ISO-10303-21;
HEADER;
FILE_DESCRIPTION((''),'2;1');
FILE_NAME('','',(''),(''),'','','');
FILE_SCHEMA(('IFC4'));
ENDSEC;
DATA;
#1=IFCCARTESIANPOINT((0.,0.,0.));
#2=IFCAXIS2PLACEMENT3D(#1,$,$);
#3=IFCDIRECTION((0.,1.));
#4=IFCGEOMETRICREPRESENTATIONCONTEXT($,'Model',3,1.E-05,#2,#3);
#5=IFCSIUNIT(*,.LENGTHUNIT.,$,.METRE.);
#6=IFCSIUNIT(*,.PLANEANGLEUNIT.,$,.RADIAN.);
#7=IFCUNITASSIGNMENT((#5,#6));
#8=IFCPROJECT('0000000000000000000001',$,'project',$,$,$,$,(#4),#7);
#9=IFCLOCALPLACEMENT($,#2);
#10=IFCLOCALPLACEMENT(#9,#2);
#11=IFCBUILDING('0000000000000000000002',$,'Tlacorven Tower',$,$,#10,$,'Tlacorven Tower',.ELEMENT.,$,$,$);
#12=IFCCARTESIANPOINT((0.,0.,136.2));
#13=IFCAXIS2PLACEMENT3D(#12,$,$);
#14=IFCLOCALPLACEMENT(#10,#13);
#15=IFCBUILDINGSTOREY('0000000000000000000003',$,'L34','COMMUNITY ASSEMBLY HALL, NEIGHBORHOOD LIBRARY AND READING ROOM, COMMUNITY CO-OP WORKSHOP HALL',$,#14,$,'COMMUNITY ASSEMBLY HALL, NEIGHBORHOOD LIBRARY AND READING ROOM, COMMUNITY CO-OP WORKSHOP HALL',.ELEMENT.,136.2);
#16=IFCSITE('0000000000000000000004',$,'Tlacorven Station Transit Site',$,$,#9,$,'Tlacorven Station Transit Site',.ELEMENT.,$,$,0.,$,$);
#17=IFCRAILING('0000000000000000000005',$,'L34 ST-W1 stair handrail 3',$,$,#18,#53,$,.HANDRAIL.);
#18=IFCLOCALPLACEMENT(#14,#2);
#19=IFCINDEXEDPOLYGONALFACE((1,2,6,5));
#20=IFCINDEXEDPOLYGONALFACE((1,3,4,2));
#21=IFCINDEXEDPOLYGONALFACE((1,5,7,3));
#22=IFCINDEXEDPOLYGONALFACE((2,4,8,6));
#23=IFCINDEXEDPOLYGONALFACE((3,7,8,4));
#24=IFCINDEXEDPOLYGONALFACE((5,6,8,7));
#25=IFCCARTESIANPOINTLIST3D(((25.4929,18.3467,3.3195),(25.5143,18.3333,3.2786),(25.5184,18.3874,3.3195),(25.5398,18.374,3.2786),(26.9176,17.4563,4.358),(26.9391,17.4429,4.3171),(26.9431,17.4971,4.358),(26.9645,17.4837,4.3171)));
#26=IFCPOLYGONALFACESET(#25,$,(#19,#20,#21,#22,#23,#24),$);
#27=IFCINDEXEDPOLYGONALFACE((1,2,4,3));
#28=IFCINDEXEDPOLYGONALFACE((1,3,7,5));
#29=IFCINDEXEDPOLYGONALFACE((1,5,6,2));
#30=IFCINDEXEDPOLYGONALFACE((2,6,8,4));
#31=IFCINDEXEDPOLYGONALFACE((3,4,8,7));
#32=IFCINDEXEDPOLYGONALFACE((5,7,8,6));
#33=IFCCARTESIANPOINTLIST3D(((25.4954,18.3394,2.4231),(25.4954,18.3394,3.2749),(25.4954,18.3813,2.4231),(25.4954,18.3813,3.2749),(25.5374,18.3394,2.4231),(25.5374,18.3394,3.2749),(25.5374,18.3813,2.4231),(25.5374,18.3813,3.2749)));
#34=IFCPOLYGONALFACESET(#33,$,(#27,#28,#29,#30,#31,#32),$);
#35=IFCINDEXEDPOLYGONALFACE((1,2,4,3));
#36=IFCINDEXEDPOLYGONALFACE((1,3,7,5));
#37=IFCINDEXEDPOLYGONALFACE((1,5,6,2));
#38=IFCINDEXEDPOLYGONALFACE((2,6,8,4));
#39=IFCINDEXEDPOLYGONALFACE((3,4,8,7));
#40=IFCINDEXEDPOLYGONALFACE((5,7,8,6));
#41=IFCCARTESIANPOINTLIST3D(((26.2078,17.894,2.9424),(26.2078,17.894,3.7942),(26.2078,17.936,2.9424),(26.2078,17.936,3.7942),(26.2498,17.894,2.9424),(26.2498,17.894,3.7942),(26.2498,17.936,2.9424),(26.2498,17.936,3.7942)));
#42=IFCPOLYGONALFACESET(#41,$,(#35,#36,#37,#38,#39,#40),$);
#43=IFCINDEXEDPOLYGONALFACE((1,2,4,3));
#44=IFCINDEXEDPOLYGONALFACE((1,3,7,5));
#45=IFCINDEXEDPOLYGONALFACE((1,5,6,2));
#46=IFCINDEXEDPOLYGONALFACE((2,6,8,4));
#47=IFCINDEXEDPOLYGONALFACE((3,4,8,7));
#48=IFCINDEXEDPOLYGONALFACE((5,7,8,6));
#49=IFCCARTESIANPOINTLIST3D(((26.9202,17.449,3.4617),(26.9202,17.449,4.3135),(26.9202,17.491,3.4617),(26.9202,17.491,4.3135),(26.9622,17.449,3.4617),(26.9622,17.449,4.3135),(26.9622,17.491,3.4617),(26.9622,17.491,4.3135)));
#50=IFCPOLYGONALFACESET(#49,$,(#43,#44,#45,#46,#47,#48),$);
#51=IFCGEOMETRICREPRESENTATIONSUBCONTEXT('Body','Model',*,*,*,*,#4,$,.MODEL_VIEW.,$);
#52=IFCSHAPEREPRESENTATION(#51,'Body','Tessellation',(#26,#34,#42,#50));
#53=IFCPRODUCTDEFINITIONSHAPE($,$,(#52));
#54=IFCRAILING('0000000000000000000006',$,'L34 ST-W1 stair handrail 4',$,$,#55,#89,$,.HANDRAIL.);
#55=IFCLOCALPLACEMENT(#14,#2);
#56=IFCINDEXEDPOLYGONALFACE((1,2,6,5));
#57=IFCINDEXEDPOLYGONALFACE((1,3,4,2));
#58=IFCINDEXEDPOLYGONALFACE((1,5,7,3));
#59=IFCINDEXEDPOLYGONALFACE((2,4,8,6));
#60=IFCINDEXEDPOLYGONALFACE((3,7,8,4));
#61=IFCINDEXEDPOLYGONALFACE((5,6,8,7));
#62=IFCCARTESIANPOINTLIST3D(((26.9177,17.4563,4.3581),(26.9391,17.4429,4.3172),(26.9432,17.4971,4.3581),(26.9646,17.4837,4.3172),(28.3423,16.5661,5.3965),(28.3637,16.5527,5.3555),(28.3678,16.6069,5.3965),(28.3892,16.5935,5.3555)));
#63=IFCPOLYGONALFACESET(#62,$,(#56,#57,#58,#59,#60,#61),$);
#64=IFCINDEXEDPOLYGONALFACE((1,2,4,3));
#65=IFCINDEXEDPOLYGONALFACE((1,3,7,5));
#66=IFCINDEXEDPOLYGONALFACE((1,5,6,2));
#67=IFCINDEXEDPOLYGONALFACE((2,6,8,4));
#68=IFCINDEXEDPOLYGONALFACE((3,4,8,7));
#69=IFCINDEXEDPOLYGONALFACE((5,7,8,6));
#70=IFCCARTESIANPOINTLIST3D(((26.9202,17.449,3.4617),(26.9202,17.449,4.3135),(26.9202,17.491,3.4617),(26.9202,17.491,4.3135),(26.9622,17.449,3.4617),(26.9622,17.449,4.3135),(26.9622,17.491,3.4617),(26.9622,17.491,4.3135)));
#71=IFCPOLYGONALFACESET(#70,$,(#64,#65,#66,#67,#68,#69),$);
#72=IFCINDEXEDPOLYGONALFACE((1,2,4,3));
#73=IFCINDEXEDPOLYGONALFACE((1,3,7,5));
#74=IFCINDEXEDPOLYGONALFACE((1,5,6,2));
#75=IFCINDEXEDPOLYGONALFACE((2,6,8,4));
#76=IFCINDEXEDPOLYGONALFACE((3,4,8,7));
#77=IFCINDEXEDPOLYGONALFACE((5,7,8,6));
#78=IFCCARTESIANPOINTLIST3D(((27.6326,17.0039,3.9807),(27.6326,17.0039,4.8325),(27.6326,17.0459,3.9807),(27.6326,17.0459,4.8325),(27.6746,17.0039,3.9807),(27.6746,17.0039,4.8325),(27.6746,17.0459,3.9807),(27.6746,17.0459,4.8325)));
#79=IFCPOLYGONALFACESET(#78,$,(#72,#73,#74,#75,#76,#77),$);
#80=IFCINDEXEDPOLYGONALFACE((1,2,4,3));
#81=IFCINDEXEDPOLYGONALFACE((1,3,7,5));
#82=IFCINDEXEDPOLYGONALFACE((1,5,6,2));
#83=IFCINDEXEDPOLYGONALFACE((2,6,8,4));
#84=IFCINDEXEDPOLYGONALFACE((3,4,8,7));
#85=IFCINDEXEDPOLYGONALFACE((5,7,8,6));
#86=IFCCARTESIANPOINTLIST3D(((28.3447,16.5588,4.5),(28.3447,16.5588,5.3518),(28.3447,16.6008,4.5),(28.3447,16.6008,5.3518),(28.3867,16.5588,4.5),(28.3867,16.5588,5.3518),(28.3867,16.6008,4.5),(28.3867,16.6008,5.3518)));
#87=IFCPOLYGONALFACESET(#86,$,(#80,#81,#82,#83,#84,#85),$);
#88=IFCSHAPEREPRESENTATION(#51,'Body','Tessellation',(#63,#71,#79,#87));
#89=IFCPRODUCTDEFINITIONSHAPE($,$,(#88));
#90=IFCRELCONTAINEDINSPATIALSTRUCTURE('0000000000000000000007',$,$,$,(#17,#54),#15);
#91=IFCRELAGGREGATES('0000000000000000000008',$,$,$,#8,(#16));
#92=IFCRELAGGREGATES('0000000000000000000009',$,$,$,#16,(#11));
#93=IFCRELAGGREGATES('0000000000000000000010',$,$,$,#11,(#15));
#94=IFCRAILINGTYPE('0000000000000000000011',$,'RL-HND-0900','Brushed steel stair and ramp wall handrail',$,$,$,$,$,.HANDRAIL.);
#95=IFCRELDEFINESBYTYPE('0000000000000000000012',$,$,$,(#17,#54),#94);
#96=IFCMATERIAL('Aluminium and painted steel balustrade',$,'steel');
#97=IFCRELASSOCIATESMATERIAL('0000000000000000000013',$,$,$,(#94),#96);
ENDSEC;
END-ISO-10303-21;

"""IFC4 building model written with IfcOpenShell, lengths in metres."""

from ifc_helpers import new_model, si_unit, direction, frame, origin, origin_2d, place, context, subcontext, project, spatial, rectangle, extrude, source, transform, mapped, material, type_object, element, save


model = new_model("IFC4")

# Units and contexts
model_context = context("Model", 3, precision=1e-05, world=origin(), true_north=direction((0.0, 1.0)))
body_context = subcontext(model_context, "Body", "Model", "MODEL_VIEW")
ifc_project = project(units=[si_unit("LENGTHUNIT", "METRE"), si_unit("PLANEANGLEUNIT", "RADIAN")], contexts=[model_context])

# Site, building, storey
site_placement = place(None, origin())
site = spatial("IfcSite", under=ifc_project, at=site_placement, Name="Tlacorven Station Transit Site", LongName="Tlacorven Station Transit Site", CompositionType="ELEMENT", RefElevation=0.0)
building_placement = place(site_placement, origin())
building = spatial("IfcBuilding", under=site, at=building_placement, Name="Tlacorven Tower", LongName="Tlacorven Tower", CompositionType="ELEMENT")
storey_placement = place(building_placement, frame((0.0, 0.0, 136.2)))
storey = spatial("IfcBuildingStorey", under=building, at=storey_placement, Name="L34", Description="COMMUNITY ASSEMBLY HALL, NEIGHBORHOOD LIBRARY AND READING ROOM, COMMUNITY CO-OP WORKSHOP HALL", LongName="COMMUNITY ASSEMBLY HALL, NEIGHBORHOOD LIBRARY AND READING ROOM, COMMUNITY CO-OP WORKSHOP HALL", CompositionType="ELEMENT", Elevation=136.2)

# Railings
ifc_material_1 = material(Name="Aluminium and painted steel balustrade", Category="steel")
railing_type_1 = type_object("IfcRailingType", Name="RL-HND-0900", Description="Brushed steel stair and ramp wall handrail", PredefinedType="HANDRAIL", material=ifc_material_1)
shared_shape_1 = source(origin(), body_context, "Body", "SweptSolid", [
    extrude(rectangle(XDim=0.0481, YDim=0.0481, at=origin_2d()), frame((0.0, 0.0, 0.876), z_axis=(0.721341, -0.450776, 0.525803), x_axis=(0.529947, 0.848031, 0.0)), (0.0, 0.0, 1.0), 1.9751),
    extrude(rectangle(XDim=0.042, YDim=0.042, at=origin_2d()), origin(), (0.0, 0.0, 1.0), 0.8518),
    extrude(rectangle(XDim=0.042, YDim=0.042, at=origin_2d()), frame((0.7124, -0.4453, 0.5193)), (0.0, 0.0, 1.0), 0.8518),
    extrude(rectangle(XDim=0.042, YDim=0.042, at=origin_2d()), frame((1.4248, -0.8904, 1.0386)), (0.0, 0.0, 1.0), 0.8518),
])
railing_1_placement = place(storey_placement, frame((25.5164, 18.3604, 2.4231)))
element("IfcRailing", 1, at=railing_1_placement, inside=storey, type_object=railing_type_1, Name="L34 ST-W1 stair handrail 3", PredefinedType="HANDRAIL", context=body_context, shape_type="MappedRepresentation", body=[
    mapped(shared_shape_1, transform((0.0, 0.0, 0.0), scale=1.0)),
])
shared_shape_2 = source(origin(), body_context, "Body", "SweptSolid", [
    extrude(rectangle(XDim=0.0481, YDim=0.0481, at=origin_2d()), frame((0.0, 0.0, 0.876), z_axis=(0.721369, -0.450747, 0.525789), x_axis=(0.529907, 0.848055, 0.0)), (0.0, 0.0, 1.0), 1.9749),
    extrude(rectangle(XDim=0.042, YDim=0.042, at=origin_2d()), origin(), (0.0, 0.0, 1.0), 0.8518),
    extrude(rectangle(XDim=0.042, YDim=0.042, at=origin_2d()), frame((0.7124, -0.4451, 0.519)), (0.0, 0.0, 1.0), 0.8518),
    extrude(rectangle(XDim=0.042, YDim=0.042, at=origin_2d()), frame((1.4246, -0.8901, 1.0383)), (0.0, 0.0, 1.0), 0.8518),
])
railing_2_placement = place(storey_placement, frame((26.9412, 17.47, 3.4617)))
element("IfcRailing", 2, at=railing_2_placement, inside=storey, type_object=railing_type_1, Name="L34 ST-W1 stair handrail 4", PredefinedType="HANDRAIL", context=body_context, shape_type="MappedRepresentation", body=[
    mapped(shared_shape_2, transform((0.0, 0.0, 0.0), scale=1.0)),
])

save(model, "model.ifc")
